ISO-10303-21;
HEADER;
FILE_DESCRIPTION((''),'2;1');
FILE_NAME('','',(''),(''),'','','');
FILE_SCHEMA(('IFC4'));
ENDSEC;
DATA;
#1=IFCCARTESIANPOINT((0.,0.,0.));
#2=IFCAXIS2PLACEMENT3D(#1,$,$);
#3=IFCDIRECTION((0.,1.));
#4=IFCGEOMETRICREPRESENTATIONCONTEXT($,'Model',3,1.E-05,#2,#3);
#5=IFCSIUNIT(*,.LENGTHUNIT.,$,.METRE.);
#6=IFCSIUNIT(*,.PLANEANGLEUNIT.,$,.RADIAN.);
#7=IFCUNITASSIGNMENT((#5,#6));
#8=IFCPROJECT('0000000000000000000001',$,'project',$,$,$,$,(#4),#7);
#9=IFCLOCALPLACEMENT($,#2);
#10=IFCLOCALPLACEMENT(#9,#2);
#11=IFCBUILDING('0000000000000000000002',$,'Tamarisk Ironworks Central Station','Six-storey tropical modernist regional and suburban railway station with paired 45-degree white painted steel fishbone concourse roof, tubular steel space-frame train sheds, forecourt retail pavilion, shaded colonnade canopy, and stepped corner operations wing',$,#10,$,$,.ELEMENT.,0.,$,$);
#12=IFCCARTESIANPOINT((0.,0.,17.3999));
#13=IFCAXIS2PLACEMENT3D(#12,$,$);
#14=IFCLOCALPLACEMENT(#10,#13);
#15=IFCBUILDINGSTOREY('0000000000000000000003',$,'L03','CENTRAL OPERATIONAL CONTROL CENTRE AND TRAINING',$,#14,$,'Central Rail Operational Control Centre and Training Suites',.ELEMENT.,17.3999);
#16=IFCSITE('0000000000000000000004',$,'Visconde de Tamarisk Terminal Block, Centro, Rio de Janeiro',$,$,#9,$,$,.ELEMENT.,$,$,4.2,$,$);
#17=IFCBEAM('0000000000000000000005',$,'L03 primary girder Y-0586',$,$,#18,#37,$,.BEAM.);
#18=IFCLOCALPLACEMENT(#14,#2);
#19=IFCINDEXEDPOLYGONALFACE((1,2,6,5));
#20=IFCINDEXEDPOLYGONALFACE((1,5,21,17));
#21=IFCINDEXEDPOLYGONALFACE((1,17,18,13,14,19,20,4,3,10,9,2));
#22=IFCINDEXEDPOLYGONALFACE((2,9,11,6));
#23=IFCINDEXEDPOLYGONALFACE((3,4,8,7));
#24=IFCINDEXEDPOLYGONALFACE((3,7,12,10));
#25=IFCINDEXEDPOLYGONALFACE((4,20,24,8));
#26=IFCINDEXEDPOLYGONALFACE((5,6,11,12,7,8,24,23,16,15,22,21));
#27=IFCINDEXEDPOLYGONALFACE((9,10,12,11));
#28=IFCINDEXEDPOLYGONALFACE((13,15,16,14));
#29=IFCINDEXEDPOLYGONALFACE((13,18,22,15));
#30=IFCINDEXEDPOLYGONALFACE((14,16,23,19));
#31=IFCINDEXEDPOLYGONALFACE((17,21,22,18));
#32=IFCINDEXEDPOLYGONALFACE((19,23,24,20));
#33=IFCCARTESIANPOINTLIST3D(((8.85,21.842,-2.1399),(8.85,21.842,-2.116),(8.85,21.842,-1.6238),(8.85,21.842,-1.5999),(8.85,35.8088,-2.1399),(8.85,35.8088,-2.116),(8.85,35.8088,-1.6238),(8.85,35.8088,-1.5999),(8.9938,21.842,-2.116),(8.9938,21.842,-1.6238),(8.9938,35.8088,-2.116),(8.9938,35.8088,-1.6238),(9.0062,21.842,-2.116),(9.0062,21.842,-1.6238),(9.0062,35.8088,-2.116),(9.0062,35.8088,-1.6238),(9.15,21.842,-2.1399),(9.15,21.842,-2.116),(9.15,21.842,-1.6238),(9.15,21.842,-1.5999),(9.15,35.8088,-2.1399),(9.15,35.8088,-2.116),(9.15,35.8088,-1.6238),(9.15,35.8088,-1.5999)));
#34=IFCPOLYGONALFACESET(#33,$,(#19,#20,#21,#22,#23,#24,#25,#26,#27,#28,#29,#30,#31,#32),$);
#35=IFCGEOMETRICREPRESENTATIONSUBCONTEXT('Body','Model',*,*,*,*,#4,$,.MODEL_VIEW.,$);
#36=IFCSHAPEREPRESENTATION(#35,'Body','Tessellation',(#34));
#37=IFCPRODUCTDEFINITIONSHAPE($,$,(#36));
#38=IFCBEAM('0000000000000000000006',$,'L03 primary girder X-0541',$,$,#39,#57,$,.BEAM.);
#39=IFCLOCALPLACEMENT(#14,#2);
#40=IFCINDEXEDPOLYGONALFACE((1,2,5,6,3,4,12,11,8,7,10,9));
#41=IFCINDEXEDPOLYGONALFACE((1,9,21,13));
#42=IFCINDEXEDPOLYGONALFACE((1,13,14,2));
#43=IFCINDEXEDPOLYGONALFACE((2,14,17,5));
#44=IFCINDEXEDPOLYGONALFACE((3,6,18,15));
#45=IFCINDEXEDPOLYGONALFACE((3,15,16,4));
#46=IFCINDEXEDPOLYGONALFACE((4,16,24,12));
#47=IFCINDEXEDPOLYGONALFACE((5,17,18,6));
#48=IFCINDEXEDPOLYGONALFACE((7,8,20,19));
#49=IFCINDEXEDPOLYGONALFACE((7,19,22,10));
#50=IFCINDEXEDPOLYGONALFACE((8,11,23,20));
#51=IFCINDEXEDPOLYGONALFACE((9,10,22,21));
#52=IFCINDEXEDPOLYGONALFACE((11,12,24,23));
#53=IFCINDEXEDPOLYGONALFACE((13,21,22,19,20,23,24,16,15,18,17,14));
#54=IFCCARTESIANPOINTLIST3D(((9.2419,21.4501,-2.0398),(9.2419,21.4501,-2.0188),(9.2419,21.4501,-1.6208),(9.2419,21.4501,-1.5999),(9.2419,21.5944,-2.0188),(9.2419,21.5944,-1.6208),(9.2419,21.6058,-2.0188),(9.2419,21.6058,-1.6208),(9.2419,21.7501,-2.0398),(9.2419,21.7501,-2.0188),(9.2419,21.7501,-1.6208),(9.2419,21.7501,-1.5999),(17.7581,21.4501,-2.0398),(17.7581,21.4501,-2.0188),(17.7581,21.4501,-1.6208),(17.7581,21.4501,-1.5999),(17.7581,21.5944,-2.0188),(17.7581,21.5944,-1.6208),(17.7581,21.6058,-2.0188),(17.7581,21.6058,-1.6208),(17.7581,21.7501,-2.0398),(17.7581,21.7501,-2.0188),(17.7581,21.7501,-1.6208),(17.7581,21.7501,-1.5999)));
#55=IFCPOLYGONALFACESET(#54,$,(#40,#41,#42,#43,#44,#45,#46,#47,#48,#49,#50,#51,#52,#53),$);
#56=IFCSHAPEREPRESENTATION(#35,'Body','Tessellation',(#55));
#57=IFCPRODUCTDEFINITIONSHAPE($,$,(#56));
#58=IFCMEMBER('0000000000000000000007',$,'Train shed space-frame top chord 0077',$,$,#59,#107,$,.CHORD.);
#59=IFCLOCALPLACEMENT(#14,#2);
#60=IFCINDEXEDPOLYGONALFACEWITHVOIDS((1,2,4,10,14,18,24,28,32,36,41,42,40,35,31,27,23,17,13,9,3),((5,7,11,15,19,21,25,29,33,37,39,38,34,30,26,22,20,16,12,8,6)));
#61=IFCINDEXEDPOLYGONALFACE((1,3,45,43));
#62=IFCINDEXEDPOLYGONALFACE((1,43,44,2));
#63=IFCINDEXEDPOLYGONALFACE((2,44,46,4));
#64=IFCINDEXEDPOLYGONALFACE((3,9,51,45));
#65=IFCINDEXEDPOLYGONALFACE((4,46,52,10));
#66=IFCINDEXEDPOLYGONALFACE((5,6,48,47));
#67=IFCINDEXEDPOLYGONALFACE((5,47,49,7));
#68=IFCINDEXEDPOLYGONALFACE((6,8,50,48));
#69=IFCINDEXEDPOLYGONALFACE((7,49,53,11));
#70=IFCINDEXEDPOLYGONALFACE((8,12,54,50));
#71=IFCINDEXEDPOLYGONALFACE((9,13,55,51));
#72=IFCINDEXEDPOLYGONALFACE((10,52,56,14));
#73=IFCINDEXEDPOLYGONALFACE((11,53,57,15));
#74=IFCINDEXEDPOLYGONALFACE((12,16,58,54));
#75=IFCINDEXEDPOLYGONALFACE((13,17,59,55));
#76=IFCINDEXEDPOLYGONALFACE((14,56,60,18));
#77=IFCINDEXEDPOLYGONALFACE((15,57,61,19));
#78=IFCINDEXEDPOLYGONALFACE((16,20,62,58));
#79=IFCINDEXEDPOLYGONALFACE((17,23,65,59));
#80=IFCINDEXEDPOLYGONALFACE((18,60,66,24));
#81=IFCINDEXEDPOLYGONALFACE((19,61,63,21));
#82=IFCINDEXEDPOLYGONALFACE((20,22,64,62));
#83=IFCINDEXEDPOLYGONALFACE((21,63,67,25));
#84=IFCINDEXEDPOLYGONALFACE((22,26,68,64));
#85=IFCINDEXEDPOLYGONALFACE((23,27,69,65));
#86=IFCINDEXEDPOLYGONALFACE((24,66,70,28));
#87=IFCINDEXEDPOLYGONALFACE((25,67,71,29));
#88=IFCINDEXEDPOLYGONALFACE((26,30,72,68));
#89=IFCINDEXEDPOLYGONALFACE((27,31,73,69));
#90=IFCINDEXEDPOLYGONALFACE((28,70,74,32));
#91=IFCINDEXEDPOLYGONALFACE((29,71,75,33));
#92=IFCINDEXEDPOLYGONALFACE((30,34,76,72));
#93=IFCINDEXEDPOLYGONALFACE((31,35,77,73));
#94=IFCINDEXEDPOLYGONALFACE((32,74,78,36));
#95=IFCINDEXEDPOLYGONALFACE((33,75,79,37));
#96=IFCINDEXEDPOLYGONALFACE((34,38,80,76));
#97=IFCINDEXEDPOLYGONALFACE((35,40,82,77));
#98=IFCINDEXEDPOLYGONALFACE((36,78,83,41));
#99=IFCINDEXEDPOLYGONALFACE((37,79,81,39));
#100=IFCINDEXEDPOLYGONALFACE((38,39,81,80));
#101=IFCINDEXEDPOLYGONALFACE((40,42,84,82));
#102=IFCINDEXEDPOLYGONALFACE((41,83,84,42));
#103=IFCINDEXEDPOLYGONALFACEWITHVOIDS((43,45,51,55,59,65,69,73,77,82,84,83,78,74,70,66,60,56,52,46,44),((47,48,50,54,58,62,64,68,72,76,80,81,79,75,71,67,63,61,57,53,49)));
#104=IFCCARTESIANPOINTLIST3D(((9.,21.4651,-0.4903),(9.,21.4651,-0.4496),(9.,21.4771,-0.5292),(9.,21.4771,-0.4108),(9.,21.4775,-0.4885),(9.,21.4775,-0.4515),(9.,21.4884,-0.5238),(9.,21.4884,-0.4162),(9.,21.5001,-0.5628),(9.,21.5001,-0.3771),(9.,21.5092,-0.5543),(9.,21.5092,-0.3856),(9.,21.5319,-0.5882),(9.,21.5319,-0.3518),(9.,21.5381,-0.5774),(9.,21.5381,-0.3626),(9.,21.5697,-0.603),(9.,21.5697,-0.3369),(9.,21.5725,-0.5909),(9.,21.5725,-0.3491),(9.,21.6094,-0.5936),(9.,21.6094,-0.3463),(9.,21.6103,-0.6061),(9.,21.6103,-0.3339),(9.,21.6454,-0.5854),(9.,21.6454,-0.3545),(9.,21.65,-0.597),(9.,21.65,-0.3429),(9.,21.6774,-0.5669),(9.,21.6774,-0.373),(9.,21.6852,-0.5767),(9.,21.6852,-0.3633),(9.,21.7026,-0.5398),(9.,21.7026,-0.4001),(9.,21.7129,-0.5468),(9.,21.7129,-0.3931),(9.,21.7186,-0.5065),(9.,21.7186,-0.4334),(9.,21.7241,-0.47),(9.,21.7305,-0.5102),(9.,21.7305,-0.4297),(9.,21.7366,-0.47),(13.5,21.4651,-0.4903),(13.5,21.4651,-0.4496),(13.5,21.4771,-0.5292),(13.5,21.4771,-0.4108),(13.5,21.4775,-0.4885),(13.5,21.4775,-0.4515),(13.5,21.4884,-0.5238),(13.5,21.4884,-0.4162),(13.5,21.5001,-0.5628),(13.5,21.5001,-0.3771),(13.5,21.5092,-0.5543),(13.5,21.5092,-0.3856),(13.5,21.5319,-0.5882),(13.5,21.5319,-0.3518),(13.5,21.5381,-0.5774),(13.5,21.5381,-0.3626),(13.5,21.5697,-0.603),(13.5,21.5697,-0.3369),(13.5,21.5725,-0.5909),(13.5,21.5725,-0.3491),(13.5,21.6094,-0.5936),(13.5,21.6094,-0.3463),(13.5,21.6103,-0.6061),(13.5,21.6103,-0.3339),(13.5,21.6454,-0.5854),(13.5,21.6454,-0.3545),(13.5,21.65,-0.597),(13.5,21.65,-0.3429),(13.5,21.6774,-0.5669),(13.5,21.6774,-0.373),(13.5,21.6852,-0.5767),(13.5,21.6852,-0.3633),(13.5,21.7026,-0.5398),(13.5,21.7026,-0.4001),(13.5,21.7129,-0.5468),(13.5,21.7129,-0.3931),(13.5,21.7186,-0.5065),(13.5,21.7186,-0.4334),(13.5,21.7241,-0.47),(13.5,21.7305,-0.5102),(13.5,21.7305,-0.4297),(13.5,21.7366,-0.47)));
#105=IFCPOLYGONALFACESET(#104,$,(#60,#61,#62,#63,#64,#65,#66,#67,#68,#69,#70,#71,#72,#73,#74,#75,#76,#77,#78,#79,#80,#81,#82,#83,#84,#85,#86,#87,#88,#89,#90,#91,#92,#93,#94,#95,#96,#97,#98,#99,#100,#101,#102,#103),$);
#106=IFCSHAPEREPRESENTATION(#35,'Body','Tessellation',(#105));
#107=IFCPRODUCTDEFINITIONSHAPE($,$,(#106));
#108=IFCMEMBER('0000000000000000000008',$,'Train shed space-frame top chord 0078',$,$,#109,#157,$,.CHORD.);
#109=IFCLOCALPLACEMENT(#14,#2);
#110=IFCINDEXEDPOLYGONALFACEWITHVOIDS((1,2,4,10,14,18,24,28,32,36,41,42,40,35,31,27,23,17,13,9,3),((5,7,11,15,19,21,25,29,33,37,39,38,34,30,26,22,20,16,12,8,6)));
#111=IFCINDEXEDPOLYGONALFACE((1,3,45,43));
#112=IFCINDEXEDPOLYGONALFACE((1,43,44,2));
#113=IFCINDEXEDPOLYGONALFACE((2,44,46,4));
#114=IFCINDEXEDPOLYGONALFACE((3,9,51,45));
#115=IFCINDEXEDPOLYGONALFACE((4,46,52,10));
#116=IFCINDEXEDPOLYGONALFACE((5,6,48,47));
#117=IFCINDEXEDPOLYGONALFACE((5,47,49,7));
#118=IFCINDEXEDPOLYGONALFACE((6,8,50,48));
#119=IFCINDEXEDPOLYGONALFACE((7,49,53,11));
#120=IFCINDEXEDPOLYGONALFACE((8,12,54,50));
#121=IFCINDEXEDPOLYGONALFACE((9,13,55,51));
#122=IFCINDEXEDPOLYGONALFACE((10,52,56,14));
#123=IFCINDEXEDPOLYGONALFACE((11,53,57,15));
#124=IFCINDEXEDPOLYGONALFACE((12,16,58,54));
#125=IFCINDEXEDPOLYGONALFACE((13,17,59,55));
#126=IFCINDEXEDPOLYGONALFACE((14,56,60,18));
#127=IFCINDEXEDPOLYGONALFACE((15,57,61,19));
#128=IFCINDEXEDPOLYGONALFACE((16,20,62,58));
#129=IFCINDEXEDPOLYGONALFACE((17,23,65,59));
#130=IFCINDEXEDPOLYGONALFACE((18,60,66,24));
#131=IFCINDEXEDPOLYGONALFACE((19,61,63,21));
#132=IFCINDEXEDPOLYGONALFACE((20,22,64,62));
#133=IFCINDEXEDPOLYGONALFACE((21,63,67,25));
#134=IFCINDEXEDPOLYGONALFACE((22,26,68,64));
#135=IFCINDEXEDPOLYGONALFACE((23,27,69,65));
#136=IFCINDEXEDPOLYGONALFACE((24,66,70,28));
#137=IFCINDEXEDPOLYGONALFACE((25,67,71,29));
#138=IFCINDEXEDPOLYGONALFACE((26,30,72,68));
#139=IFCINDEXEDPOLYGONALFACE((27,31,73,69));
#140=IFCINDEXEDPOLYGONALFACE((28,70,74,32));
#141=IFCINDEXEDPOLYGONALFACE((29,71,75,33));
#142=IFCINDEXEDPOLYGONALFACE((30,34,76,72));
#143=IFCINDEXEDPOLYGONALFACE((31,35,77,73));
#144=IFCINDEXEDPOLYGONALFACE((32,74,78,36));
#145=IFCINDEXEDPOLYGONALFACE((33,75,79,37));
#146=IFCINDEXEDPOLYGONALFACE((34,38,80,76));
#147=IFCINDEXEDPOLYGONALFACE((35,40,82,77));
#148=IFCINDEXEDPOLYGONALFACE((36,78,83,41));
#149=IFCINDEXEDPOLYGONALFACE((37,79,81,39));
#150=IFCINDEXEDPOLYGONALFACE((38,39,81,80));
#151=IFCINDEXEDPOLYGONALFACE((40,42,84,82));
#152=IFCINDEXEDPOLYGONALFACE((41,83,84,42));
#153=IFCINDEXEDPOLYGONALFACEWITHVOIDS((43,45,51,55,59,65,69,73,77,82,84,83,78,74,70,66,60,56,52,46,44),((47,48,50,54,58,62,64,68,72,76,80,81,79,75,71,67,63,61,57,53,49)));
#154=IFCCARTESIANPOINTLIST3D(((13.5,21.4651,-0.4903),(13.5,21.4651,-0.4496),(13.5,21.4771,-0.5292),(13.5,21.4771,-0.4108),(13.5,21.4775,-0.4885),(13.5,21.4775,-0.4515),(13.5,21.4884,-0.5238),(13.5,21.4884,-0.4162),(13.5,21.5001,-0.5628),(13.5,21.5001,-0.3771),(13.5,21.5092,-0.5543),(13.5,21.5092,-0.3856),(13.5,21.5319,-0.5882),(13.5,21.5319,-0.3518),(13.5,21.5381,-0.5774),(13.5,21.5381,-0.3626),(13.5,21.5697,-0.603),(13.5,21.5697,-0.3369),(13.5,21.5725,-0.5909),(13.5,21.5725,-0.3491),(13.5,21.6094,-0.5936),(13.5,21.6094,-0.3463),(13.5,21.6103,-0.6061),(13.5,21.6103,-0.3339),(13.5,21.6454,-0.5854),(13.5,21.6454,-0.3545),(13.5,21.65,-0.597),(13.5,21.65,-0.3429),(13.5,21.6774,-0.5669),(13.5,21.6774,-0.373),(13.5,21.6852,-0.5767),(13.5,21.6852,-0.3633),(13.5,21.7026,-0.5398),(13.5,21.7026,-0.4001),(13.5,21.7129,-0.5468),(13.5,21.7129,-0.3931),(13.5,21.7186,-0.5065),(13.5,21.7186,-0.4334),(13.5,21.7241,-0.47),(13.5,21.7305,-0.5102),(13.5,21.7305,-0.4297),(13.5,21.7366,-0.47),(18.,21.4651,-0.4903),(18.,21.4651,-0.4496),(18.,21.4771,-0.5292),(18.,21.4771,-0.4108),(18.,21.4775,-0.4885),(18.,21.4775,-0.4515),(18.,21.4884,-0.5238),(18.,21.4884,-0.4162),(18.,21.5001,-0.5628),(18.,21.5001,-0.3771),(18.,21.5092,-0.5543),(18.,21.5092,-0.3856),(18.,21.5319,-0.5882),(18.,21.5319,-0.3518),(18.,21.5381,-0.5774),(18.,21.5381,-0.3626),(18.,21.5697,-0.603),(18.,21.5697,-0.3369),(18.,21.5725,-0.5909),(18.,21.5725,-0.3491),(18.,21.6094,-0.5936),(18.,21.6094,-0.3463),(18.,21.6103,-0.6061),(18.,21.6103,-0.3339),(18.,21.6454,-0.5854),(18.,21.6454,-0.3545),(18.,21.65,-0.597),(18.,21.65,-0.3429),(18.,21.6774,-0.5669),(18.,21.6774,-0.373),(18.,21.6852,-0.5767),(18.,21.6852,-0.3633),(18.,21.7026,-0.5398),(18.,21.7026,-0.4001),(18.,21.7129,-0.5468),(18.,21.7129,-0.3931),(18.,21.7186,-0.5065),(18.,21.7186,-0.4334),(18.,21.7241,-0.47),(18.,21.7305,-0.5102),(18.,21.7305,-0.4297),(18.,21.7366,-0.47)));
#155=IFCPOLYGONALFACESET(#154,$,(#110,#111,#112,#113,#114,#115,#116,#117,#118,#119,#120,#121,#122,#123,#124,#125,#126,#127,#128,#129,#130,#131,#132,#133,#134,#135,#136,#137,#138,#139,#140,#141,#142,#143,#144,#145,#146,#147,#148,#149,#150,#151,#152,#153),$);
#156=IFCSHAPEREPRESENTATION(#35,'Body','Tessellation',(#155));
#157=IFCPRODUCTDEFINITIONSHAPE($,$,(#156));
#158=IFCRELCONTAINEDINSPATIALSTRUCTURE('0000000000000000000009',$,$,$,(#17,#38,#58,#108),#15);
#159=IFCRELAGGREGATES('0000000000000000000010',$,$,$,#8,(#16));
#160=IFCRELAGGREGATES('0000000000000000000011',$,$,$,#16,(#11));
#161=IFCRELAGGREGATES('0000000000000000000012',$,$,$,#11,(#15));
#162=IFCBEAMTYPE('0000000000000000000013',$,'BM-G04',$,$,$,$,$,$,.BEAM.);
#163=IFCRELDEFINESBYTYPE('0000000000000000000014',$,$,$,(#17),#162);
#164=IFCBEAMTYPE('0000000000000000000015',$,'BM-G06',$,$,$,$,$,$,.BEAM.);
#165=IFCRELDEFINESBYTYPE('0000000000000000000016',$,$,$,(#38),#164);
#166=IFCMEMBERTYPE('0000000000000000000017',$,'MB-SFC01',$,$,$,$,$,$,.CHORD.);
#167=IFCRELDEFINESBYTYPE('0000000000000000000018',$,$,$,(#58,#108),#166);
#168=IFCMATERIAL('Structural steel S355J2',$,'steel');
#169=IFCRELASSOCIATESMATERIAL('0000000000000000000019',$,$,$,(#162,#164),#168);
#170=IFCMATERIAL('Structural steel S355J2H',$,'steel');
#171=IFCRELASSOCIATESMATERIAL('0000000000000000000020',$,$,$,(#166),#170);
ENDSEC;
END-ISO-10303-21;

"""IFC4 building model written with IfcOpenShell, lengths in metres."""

from ifc_helpers import new_model, si_unit, direction, frame, origin, origin_2d, place, context, subcontext, project, spatial, hollow_circle, i_section, extrude, material, material_profile, profile_set, type_object, element, save


model = new_model("IFC4")

# Units and contexts
model_context = context("Model", 3, precision=1e-05, world=origin(), true_north=direction((0.0, 1.0)))
body_context = subcontext(model_context, "Body", "Model", "MODEL_VIEW")
ifc_project = project(units=[si_unit("LENGTHUNIT", "METRE"), si_unit("PLANEANGLEUNIT", "RADIAN")], contexts=[model_context])

# Site, building, storey
site_placement = place(None, origin())
site = spatial("IfcSite", under=ifc_project, at=site_placement, Name="Visconde de Tamarisk Terminal Block, Centro, Rio de Janeiro", CompositionType="ELEMENT", RefElevation=4.2)
building_placement = place(site_placement, origin())
building = spatial("IfcBuilding", under=site, at=building_placement, Name="Tamarisk Ironworks Central Station", Description="Six-storey tropical modernist regional and suburban railway station with paired 45-degree white painted steel fishbone concourse roof, tubular steel space-frame train sheds, forecourt retail pavilion, shaded colonnade canopy, and stepped corner operations wing", CompositionType="ELEMENT", ElevationOfRefHeight=0.0)
storey_placement = place(building_placement, frame((0.0, 0.0, 17.3999)))
storey = spatial("IfcBuildingStorey", under=building, at=storey_placement, Name="L03", Description="CENTRAL OPERATIONAL CONTROL CENTRE AND TRAINING", LongName="Central Rail Operational Control Centre and Training Suites", CompositionType="ELEMENT", Elevation=17.3999)

# Beams
ifc_material_1 = material(Name="Structural steel S355J2", Category="steel")
ifc_material_profile_1 = material_profile(ifc_material_1, i_section(OverallWidth=0.3, OverallDepth=0.54, WebThickness=0.0125, FlangeThickness=0.0239, at=origin_2d()), Name="HEA 550")
ifc_profile_set_1 = profile_set([ifc_material_profile_1], Name="Structural steel S355J2")
beam_type_1 = type_object("IfcBeamType", Name="BM-G04", PredefinedType="BEAM", material=ifc_profile_set_1)
beam_1_placement = place(storey_placement, frame((9.0, 21.842, -1.8699), z_axis=(0.0, 1.0, 0.0), x_axis=(-1.0, 0.0, 0.0)))
element("IfcBeam", 1, at=beam_1_placement, inside=storey, type_object=beam_type_1, Name="L03 primary girder Y-0586", PredefinedType="BEAM", context=body_context, shape_type="SweptSolid", body=[
    extrude(i_section(OverallWidth=0.3, OverallDepth=0.54, WebThickness=0.0125, FlangeThickness=0.0239, at=origin_2d()), origin(), (0.0, 0.0, 1.0), 13.9668),
])
ifc_material_profile_2 = material_profile(ifc_material_1, i_section(OverallWidth=0.3, OverallDepth=0.4399, WebThickness=0.0115, FlangeThickness=0.021, at=origin_2d()), Name="HEA 450")
ifc_profile_set_2 = profile_set([ifc_material_profile_2], Name="Structural steel S355J2")
beam_type_2 = type_object("IfcBeamType", Name="BM-G06", PredefinedType="BEAM", material=ifc_profile_set_2)
beam_2_placement = place(storey_placement, frame((9.2419, 21.6001, -1.8198), z_axis=(1.0, 0.0, 0.0), x_axis=(0.0, 1.0, 0.0)))
element("IfcBeam", 2, at=beam_2_placement, inside=storey, type_object=beam_type_2, Name="L03 primary girder X-0541", PredefinedType="BEAM", context=body_context, shape_type="SweptSolid", body=[
    extrude(i_section(OverallWidth=0.3, OverallDepth=0.4399, WebThickness=0.0115, FlangeThickness=0.021, at=origin_2d()), origin(), (0.0, 0.0, 1.0), 8.5161),
])

# Members
ifc_material_2 = material(Name="Structural steel S355J2H", Category="steel")
ifc_material_profile_3 = material_profile(ifc_material_2, hollow_circle(Radius=0.1365, WallThickness=0.0125, at=origin_2d()), Name="CHS 273x12.5")
ifc_profile_set_3 = profile_set([ifc_material_profile_3], Name="Structural steel S355J2H")
member_type_1 = type_object("IfcMemberType", Name="MB-SFC01", PredefinedType="CHORD", material=ifc_profile_set_3)
for number, where, z_axis, x_axis, name in (
    (3, (9.0, 21.6001, -0.47), (1.0, 0.0, 0.0), (0.0, 1.0, 0.0), "Train shed space-frame top chord 0077"),
    (4, (13.5, 21.6001, -0.47), (1.0, 0.0, 0.0), (0.0, 1.0, 0.0), "Train shed space-frame top chord 0078"),
):
    element("IfcMember", number, at=place(storey_placement, frame(where, z_axis=z_axis, x_axis=x_axis)), inside=storey, type_object=member_type_1, Name=name, PredefinedType="CHORD", context=body_context, shape_type="SweptSolid", body=[
        extrude(hollow_circle(Radius=0.1365, WallThickness=0.0125, at=origin_2d()), origin(), (0.0, 0.0, 1.0), 4.5),
    ])

save(model, "model.ifc")
